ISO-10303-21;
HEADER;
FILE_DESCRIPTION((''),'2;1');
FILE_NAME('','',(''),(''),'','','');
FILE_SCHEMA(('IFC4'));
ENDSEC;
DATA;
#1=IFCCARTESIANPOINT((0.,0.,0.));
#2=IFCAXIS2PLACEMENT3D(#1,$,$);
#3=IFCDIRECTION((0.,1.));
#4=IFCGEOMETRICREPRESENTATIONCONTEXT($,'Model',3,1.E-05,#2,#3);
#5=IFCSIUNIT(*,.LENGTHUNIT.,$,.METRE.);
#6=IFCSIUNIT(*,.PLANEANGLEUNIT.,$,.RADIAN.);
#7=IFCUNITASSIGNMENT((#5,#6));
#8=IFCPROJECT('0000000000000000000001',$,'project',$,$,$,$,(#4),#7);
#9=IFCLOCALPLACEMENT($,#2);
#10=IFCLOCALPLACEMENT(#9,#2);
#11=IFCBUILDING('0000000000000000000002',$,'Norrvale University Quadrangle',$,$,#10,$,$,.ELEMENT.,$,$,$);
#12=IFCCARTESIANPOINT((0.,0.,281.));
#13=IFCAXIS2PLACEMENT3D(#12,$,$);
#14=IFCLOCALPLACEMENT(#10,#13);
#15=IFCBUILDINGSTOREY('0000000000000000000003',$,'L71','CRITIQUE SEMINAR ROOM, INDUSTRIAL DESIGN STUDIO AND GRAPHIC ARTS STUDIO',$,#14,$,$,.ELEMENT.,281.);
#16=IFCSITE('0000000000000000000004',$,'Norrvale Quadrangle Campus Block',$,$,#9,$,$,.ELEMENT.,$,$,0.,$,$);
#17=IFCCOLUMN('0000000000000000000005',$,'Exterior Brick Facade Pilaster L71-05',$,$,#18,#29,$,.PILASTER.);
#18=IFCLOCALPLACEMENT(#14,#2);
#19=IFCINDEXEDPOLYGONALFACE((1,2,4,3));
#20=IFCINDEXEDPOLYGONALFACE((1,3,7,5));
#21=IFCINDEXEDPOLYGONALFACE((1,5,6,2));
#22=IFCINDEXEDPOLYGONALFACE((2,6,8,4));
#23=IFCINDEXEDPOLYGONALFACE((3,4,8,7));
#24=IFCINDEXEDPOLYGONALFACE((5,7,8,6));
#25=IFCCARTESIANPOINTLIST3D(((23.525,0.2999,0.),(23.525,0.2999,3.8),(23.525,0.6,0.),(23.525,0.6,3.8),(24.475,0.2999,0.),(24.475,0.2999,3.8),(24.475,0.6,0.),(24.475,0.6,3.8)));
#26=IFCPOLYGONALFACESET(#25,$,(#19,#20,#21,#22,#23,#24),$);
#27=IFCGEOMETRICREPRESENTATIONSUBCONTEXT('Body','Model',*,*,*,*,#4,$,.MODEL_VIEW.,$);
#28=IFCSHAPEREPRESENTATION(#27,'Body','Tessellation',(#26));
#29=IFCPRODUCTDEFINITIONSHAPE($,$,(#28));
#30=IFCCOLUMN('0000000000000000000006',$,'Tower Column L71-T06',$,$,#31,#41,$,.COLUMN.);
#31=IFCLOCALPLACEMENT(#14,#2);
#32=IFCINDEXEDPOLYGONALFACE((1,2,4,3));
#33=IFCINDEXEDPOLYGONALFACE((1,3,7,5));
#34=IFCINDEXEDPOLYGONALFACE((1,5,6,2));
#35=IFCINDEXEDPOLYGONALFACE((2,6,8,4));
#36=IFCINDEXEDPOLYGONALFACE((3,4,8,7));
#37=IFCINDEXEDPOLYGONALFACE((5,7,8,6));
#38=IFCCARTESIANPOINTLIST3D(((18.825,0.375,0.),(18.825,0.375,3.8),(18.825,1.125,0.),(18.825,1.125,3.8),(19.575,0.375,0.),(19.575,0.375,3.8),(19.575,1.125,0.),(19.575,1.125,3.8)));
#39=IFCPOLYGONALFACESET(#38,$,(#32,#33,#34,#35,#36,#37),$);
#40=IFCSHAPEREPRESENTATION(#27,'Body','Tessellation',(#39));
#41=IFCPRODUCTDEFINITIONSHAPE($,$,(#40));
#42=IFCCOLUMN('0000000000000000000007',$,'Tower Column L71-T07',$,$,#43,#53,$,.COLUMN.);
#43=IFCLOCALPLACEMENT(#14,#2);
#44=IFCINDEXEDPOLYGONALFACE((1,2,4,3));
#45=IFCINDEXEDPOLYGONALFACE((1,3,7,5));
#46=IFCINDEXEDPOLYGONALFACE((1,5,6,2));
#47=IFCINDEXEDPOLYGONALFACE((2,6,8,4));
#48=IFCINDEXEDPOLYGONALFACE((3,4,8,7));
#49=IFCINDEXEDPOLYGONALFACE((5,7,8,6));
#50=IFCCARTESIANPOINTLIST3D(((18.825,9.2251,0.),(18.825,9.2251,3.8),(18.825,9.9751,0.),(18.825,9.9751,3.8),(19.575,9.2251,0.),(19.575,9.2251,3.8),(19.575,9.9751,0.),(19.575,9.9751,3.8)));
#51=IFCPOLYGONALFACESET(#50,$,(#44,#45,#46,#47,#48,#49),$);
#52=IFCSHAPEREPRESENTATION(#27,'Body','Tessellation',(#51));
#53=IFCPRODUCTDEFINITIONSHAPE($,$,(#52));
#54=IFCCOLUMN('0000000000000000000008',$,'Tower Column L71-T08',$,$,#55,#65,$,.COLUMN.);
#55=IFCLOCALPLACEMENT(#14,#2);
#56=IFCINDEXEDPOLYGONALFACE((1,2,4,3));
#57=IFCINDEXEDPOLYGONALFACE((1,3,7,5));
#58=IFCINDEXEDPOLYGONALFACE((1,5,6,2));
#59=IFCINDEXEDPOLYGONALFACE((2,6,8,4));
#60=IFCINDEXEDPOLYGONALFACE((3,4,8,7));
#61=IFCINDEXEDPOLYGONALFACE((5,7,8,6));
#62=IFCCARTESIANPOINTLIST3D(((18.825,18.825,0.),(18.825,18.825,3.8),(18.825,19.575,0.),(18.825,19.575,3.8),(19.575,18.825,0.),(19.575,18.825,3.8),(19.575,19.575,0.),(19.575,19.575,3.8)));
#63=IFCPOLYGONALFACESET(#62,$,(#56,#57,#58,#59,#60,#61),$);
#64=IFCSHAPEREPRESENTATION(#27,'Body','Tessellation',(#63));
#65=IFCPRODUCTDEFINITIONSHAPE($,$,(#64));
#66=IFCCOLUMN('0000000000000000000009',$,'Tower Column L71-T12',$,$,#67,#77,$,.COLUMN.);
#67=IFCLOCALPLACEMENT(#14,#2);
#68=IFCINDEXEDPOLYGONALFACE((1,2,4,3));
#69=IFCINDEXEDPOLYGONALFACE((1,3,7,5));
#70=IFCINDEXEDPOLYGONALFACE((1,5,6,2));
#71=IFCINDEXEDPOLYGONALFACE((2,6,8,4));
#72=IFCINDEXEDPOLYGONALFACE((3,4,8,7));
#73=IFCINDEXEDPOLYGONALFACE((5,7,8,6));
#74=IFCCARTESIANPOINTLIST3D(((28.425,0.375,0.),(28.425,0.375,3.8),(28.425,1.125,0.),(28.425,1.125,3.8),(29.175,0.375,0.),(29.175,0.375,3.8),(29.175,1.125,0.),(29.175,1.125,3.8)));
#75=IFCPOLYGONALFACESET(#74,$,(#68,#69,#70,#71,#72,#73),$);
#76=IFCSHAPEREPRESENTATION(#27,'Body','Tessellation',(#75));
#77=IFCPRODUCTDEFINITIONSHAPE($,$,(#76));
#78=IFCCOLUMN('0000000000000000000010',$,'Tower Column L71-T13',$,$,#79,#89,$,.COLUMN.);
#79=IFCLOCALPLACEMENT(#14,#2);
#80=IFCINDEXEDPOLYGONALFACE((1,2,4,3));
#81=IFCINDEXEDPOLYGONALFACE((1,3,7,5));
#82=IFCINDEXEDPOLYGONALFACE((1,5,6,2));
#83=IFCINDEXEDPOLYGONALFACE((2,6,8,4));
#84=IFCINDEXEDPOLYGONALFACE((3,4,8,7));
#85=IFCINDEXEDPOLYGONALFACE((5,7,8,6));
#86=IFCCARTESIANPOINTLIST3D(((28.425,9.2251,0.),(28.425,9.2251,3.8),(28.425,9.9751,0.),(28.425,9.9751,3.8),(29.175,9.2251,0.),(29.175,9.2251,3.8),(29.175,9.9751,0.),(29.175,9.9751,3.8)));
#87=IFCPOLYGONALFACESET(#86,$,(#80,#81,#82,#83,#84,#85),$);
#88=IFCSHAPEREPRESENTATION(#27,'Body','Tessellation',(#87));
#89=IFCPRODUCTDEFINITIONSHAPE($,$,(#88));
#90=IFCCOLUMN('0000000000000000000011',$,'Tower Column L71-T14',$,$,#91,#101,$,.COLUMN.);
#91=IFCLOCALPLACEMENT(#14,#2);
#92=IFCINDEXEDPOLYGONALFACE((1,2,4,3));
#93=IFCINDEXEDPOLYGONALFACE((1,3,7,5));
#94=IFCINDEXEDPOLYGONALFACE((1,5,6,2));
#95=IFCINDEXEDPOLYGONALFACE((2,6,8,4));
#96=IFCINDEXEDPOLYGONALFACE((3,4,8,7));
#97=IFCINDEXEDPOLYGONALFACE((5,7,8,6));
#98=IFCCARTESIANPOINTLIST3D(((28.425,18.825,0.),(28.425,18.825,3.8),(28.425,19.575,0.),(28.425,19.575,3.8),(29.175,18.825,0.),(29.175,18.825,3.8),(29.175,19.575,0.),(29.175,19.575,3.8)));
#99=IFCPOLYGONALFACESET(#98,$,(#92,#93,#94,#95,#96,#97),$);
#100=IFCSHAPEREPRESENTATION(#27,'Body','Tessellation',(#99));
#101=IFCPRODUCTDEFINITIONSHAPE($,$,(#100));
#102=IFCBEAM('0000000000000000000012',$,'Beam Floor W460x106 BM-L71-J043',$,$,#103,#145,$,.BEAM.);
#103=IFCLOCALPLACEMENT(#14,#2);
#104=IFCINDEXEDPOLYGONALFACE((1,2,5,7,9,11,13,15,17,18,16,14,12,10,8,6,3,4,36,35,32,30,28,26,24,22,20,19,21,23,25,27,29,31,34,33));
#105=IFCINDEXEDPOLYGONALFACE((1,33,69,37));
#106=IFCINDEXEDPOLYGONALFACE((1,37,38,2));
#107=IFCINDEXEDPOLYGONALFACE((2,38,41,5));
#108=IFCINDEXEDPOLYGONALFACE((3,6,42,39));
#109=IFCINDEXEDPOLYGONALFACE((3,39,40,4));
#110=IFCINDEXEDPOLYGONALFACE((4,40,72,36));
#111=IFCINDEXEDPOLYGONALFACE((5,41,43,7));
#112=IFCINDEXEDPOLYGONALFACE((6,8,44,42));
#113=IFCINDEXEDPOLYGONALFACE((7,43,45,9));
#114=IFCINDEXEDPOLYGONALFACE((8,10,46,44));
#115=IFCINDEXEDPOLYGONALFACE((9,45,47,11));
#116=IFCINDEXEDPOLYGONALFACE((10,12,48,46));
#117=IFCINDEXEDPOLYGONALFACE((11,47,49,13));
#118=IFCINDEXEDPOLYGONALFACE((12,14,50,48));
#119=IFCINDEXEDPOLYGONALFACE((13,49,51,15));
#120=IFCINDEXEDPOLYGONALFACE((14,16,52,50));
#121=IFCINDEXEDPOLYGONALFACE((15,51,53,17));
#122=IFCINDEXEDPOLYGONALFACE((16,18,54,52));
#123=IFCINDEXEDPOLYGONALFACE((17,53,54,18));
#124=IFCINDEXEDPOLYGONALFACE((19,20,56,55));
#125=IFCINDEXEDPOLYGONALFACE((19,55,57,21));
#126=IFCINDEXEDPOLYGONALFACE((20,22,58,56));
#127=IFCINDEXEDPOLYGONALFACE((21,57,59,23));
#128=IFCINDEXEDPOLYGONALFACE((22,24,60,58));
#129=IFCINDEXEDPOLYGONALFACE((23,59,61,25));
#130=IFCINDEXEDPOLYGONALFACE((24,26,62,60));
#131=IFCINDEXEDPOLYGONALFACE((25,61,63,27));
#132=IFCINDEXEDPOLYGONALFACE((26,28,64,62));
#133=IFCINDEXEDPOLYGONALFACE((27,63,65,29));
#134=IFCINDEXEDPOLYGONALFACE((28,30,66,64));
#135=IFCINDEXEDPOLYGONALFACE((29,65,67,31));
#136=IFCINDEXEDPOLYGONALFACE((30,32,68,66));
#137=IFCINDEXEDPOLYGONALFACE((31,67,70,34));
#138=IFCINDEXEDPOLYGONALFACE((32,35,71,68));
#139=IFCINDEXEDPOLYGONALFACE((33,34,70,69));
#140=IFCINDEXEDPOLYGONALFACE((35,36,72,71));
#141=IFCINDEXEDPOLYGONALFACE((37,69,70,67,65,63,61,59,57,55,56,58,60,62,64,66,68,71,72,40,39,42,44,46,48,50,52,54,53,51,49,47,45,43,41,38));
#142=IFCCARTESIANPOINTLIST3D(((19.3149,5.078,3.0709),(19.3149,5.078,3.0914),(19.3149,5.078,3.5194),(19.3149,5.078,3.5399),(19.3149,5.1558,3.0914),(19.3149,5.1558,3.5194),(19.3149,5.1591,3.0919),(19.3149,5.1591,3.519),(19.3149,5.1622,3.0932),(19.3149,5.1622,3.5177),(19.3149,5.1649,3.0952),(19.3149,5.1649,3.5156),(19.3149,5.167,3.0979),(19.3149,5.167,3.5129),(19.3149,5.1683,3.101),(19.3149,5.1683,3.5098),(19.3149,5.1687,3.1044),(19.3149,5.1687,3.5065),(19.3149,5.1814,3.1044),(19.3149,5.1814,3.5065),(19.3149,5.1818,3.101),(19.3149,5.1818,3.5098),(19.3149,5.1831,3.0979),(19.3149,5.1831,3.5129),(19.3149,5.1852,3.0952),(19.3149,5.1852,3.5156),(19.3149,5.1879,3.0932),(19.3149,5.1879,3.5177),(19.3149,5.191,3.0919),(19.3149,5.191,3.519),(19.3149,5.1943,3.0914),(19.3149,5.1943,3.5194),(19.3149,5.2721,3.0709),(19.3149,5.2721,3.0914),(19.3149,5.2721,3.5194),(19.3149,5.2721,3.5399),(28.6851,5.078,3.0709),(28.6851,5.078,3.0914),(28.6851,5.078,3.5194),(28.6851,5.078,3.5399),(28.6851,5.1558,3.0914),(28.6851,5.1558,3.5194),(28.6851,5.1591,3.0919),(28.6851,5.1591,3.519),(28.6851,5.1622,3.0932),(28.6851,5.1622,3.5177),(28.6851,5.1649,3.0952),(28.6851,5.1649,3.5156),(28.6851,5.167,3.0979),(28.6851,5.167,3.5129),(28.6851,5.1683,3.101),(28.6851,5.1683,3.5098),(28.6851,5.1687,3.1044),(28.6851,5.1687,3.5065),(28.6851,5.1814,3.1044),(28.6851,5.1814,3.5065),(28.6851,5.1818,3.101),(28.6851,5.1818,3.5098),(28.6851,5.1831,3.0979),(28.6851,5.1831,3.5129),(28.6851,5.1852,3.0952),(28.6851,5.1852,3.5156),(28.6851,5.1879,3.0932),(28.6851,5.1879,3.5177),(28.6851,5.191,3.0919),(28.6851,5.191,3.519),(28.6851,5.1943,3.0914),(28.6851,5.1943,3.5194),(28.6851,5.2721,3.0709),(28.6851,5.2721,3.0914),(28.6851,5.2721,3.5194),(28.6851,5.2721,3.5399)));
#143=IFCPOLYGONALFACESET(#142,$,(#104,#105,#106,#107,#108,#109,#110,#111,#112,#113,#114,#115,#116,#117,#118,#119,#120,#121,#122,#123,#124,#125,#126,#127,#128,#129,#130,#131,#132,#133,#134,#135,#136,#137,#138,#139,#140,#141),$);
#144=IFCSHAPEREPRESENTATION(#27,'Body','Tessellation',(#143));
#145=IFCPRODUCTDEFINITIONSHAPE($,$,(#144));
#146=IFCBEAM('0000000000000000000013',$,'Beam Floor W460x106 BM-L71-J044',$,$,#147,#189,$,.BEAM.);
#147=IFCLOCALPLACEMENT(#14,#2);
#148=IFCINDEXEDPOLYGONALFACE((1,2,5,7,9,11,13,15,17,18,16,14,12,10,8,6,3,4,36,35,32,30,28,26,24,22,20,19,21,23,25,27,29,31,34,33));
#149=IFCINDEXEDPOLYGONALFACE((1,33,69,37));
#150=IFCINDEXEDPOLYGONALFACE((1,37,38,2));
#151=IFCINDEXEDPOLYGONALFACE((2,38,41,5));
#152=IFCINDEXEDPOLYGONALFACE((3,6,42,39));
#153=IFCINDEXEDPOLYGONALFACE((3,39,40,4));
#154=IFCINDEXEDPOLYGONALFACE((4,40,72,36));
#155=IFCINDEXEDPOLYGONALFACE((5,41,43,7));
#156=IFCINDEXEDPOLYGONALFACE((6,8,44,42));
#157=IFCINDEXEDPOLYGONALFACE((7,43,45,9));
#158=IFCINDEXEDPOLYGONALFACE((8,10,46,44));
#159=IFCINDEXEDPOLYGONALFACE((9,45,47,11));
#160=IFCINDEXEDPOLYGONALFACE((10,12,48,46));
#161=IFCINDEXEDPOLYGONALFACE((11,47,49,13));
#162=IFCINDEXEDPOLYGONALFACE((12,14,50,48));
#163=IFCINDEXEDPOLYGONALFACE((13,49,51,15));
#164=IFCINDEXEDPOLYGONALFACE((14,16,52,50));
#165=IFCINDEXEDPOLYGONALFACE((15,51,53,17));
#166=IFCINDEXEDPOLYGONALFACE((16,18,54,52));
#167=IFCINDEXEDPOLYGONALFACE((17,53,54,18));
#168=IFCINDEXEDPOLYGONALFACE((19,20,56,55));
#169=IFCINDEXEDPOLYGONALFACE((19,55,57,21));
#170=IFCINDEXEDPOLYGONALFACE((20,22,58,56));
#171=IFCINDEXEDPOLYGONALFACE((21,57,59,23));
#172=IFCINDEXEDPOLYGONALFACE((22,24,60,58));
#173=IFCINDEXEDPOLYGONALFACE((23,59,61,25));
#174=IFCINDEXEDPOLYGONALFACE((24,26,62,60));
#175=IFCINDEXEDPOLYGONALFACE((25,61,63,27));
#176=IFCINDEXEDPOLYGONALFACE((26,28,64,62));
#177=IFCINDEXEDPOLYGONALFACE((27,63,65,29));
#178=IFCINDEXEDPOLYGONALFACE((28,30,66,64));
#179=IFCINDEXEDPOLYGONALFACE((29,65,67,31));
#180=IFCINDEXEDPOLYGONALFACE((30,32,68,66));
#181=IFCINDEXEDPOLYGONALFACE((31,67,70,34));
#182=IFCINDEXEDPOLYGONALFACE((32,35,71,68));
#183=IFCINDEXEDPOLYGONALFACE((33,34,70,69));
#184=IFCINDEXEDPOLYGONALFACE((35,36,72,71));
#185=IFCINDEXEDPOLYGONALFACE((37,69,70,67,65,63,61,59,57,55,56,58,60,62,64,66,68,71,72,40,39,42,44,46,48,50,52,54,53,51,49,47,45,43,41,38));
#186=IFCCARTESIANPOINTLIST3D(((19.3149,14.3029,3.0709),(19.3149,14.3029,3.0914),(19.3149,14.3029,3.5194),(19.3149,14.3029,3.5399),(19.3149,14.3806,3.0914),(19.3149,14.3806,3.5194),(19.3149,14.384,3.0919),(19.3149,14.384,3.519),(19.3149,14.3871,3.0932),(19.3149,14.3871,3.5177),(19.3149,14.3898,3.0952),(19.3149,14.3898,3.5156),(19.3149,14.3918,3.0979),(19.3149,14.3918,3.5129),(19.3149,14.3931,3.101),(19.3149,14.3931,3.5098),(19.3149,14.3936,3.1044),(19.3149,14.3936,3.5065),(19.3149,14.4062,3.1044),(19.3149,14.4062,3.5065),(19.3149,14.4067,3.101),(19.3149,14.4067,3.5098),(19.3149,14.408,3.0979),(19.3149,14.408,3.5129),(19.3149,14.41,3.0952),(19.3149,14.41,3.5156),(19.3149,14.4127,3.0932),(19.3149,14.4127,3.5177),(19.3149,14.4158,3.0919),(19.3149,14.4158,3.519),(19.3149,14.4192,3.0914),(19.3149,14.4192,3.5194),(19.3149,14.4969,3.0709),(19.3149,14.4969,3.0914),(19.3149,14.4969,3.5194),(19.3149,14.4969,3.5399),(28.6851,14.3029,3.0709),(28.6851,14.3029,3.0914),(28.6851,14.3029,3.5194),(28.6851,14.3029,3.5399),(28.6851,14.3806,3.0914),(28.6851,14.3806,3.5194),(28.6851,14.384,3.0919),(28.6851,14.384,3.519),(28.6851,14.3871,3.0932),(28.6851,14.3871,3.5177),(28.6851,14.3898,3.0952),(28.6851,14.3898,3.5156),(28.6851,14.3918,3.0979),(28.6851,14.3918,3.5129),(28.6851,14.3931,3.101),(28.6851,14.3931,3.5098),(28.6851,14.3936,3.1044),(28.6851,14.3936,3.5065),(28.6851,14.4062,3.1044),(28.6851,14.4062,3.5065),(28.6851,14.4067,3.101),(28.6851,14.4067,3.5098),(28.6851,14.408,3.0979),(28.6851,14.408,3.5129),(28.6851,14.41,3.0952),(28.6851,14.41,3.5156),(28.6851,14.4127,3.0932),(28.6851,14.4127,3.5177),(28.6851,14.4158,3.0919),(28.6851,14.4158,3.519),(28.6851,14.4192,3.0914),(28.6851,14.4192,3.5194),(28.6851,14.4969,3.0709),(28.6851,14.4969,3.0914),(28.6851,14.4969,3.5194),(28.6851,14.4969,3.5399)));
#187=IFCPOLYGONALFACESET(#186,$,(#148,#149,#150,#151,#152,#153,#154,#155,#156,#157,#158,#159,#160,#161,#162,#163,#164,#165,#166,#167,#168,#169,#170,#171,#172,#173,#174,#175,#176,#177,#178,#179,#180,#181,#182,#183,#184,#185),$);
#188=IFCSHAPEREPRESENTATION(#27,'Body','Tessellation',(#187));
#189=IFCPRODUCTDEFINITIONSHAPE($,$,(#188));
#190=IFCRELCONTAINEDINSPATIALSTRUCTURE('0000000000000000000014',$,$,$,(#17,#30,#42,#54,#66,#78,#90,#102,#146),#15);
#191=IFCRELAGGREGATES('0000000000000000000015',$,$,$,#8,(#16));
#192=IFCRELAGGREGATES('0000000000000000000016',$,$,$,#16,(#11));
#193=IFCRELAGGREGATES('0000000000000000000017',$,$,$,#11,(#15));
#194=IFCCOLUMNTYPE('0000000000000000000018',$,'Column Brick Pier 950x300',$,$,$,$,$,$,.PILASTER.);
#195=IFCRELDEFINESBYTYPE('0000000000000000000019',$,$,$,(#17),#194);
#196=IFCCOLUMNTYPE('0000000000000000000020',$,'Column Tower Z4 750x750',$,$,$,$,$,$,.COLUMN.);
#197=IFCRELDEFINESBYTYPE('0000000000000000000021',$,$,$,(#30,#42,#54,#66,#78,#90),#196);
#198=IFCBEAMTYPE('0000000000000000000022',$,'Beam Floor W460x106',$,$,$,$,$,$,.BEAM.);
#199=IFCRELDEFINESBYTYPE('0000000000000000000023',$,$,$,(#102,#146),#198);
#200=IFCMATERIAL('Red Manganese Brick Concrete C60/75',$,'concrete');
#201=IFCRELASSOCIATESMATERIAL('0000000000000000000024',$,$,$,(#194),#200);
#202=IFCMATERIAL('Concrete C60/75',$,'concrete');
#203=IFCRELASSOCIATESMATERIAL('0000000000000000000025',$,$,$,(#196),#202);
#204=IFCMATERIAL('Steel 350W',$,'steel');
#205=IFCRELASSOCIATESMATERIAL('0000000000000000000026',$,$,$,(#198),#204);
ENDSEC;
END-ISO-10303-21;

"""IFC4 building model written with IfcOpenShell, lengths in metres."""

from ifc_helpers import new_model, si_unit, direction, frame, origin, origin_2d, place, context, subcontext, project, spatial, rectangle, i_section, extrude, material, material_profile, profile_set, type_object, element, save


model = new_model("IFC4")

# Units and contexts
model_context = context("Model", 3, precision=1e-05, world=origin(), true_north=direction((0.0, 1.0)))
body_context = subcontext(model_context, "Body", "Model", "MODEL_VIEW")
ifc_project = project(units=[si_unit("LENGTHUNIT", "METRE"), si_unit("PLANEANGLEUNIT", "RADIAN")], contexts=[model_context])

# Site, building, storey
site_placement = place(None, origin())
site = spatial("IfcSite", under=ifc_project, at=site_placement, Name="Norrvale Quadrangle Campus Block", CompositionType="ELEMENT", RefElevation=0.0)
building_placement = place(site_placement, origin())
building = spatial("IfcBuilding", under=site, at=building_placement, Name="Norrvale University Quadrangle", CompositionType="ELEMENT")
storey_placement = place(building_placement, frame((0.0, 0.0, 281.0)))
storey = spatial("IfcBuildingStorey", under=building, at=storey_placement, Name="L71", Description="CRITIQUE SEMINAR ROOM, INDUSTRIAL DESIGN STUDIO AND GRAPHIC ARTS STUDIO", CompositionType="ELEMENT", Elevation=281.0)

# Columns
ifc_material_1 = material(Name="Red Manganese Brick Concrete C60/75", Category="concrete")
ifc_material_profile_1 = material_profile(ifc_material_1, rectangle(XDim=0.95, YDim=0.3, at=origin_2d()), Name="Red Manganese Brick Concrete C60/75")
ifc_profile_set_1 = profile_set([ifc_material_profile_1], Name="Red Manganese Brick Concrete C60/75")
column_type_1 = type_object("IfcColumnType", Name="Column Brick Pier 950x300", PredefinedType="PILASTER", material=ifc_profile_set_1)
column_placement = place(storey_placement, frame((24.0, 0.45, 0.0), z_axis=(0.0, 0.0, 1.0), x_axis=(1.0, 0.0, 0.0)))
element("IfcColumn", 1, at=column_placement, inside=storey, type_object=column_type_1, Name="Exterior Brick Facade Pilaster L71-05", PredefinedType="PILASTER", context=body_context, shape_type="SweptSolid", body=[
    extrude(rectangle(XDim=0.95, YDim=0.3, at=origin_2d()), origin(), (0.0, 0.0, 1.0), 3.8),
])
ifc_material_2 = material(Name="Concrete C60/75", Category="concrete")
ifc_material_profile_2 = material_profile(ifc_material_2, rectangle(XDim=0.75, YDim=0.75, at=origin_2d()), Name="Concrete C60/75")
ifc_profile_set_2 = profile_set([ifc_material_profile_2], Name="Concrete C60/75")
column_type_2 = type_object("IfcColumnType", Name="Column Tower Z4 750x750", PredefinedType="COLUMN", material=ifc_profile_set_2)
for number, where, z_axis, x_axis, name in (
    (2, (19.2, 0.75, 0.0), (0.0, 0.0, 1.0), (1.0, 0.0, 0.0), "Tower Column L71-T06"),
    (3, (19.2, 9.6001, 0.0), (0.0, 0.0, 1.0), (1.0, 0.0, 0.0), "Tower Column L71-T07"),
    (4, (19.2, 19.2, 0.0), (0.0, 0.0, 1.0), (1.0, 0.0, 0.0), "Tower Column L71-T08"),
    (5, (28.8, 0.75, 0.0), (0.0, 0.0, 1.0), (1.0, 0.0, 0.0), "Tower Column L71-T12"),
    (6, (28.8, 9.6001, 0.0), (0.0, 0.0, 1.0), (1.0, 0.0, 0.0), "Tower Column L71-T13"),
    (7, (28.8, 19.2, 0.0), (0.0, 0.0, 1.0), (1.0, 0.0, 0.0), "Tower Column L71-T14"),
):
    element("IfcColumn", number, at=place(storey_placement, frame(where, z_axis=z_axis, x_axis=x_axis)), inside=storey, type_object=column_type_2, Name=name, PredefinedType="COLUMN", context=body_context, shape_type="SweptSolid", body=[
        extrude(rectangle(XDim=0.75, YDim=0.75, at=origin_2d()), origin(), (0.0, 0.0, 1.0), 3.8),
    ])

# Beams
ifc_material_3 = material(Name="Steel 350W", Category="steel")
ifc_material_profile_3 = material_profile(ifc_material_3, i_section(OverallWidth=0.1941, OverallDepth=0.469, WebThickness=0.0127, FlangeThickness=0.0205, FilletRadius=0.0129, at=origin_2d()), Name="Steel 350W")
ifc_profile_set_3 = profile_set([ifc_material_profile_3], Name="Steel 350W")
beam_type_1 = type_object("IfcBeamType", Name="Beam Floor W460x106", PredefinedType="BEAM", material=ifc_profile_set_3)
for number, where, z_axis, x_axis, name in (
    (8, (19.3149, 5.175, 3.3054), (1.0, 0.0, 0.0), (0.0, 1.0, 0.0), "Beam Floor W460x106 BM-L71-J043"),
    (9, (19.3149, 14.3999, 3.3054), (1.0, 0.0, 0.0), (0.0, 1.0, 0.0), "Beam Floor W460x106 BM-L71-J044"),
):
    element("IfcBeam", number, at=place(storey_placement, frame(where, z_axis=z_axis, x_axis=x_axis)), inside=storey, type_object=beam_type_1, Name=name, PredefinedType="BEAM", context=body_context, shape_type="SweptSolid", body=[
        extrude(i_section(OverallWidth=0.1941, OverallDepth=0.469, WebThickness=0.0127, FlangeThickness=0.0205, FilletRadius=0.0129, at=origin_2d()), origin(), (0.0, 0.0, 1.0), 9.3701),
    ])

save(model, "model.ifc")
